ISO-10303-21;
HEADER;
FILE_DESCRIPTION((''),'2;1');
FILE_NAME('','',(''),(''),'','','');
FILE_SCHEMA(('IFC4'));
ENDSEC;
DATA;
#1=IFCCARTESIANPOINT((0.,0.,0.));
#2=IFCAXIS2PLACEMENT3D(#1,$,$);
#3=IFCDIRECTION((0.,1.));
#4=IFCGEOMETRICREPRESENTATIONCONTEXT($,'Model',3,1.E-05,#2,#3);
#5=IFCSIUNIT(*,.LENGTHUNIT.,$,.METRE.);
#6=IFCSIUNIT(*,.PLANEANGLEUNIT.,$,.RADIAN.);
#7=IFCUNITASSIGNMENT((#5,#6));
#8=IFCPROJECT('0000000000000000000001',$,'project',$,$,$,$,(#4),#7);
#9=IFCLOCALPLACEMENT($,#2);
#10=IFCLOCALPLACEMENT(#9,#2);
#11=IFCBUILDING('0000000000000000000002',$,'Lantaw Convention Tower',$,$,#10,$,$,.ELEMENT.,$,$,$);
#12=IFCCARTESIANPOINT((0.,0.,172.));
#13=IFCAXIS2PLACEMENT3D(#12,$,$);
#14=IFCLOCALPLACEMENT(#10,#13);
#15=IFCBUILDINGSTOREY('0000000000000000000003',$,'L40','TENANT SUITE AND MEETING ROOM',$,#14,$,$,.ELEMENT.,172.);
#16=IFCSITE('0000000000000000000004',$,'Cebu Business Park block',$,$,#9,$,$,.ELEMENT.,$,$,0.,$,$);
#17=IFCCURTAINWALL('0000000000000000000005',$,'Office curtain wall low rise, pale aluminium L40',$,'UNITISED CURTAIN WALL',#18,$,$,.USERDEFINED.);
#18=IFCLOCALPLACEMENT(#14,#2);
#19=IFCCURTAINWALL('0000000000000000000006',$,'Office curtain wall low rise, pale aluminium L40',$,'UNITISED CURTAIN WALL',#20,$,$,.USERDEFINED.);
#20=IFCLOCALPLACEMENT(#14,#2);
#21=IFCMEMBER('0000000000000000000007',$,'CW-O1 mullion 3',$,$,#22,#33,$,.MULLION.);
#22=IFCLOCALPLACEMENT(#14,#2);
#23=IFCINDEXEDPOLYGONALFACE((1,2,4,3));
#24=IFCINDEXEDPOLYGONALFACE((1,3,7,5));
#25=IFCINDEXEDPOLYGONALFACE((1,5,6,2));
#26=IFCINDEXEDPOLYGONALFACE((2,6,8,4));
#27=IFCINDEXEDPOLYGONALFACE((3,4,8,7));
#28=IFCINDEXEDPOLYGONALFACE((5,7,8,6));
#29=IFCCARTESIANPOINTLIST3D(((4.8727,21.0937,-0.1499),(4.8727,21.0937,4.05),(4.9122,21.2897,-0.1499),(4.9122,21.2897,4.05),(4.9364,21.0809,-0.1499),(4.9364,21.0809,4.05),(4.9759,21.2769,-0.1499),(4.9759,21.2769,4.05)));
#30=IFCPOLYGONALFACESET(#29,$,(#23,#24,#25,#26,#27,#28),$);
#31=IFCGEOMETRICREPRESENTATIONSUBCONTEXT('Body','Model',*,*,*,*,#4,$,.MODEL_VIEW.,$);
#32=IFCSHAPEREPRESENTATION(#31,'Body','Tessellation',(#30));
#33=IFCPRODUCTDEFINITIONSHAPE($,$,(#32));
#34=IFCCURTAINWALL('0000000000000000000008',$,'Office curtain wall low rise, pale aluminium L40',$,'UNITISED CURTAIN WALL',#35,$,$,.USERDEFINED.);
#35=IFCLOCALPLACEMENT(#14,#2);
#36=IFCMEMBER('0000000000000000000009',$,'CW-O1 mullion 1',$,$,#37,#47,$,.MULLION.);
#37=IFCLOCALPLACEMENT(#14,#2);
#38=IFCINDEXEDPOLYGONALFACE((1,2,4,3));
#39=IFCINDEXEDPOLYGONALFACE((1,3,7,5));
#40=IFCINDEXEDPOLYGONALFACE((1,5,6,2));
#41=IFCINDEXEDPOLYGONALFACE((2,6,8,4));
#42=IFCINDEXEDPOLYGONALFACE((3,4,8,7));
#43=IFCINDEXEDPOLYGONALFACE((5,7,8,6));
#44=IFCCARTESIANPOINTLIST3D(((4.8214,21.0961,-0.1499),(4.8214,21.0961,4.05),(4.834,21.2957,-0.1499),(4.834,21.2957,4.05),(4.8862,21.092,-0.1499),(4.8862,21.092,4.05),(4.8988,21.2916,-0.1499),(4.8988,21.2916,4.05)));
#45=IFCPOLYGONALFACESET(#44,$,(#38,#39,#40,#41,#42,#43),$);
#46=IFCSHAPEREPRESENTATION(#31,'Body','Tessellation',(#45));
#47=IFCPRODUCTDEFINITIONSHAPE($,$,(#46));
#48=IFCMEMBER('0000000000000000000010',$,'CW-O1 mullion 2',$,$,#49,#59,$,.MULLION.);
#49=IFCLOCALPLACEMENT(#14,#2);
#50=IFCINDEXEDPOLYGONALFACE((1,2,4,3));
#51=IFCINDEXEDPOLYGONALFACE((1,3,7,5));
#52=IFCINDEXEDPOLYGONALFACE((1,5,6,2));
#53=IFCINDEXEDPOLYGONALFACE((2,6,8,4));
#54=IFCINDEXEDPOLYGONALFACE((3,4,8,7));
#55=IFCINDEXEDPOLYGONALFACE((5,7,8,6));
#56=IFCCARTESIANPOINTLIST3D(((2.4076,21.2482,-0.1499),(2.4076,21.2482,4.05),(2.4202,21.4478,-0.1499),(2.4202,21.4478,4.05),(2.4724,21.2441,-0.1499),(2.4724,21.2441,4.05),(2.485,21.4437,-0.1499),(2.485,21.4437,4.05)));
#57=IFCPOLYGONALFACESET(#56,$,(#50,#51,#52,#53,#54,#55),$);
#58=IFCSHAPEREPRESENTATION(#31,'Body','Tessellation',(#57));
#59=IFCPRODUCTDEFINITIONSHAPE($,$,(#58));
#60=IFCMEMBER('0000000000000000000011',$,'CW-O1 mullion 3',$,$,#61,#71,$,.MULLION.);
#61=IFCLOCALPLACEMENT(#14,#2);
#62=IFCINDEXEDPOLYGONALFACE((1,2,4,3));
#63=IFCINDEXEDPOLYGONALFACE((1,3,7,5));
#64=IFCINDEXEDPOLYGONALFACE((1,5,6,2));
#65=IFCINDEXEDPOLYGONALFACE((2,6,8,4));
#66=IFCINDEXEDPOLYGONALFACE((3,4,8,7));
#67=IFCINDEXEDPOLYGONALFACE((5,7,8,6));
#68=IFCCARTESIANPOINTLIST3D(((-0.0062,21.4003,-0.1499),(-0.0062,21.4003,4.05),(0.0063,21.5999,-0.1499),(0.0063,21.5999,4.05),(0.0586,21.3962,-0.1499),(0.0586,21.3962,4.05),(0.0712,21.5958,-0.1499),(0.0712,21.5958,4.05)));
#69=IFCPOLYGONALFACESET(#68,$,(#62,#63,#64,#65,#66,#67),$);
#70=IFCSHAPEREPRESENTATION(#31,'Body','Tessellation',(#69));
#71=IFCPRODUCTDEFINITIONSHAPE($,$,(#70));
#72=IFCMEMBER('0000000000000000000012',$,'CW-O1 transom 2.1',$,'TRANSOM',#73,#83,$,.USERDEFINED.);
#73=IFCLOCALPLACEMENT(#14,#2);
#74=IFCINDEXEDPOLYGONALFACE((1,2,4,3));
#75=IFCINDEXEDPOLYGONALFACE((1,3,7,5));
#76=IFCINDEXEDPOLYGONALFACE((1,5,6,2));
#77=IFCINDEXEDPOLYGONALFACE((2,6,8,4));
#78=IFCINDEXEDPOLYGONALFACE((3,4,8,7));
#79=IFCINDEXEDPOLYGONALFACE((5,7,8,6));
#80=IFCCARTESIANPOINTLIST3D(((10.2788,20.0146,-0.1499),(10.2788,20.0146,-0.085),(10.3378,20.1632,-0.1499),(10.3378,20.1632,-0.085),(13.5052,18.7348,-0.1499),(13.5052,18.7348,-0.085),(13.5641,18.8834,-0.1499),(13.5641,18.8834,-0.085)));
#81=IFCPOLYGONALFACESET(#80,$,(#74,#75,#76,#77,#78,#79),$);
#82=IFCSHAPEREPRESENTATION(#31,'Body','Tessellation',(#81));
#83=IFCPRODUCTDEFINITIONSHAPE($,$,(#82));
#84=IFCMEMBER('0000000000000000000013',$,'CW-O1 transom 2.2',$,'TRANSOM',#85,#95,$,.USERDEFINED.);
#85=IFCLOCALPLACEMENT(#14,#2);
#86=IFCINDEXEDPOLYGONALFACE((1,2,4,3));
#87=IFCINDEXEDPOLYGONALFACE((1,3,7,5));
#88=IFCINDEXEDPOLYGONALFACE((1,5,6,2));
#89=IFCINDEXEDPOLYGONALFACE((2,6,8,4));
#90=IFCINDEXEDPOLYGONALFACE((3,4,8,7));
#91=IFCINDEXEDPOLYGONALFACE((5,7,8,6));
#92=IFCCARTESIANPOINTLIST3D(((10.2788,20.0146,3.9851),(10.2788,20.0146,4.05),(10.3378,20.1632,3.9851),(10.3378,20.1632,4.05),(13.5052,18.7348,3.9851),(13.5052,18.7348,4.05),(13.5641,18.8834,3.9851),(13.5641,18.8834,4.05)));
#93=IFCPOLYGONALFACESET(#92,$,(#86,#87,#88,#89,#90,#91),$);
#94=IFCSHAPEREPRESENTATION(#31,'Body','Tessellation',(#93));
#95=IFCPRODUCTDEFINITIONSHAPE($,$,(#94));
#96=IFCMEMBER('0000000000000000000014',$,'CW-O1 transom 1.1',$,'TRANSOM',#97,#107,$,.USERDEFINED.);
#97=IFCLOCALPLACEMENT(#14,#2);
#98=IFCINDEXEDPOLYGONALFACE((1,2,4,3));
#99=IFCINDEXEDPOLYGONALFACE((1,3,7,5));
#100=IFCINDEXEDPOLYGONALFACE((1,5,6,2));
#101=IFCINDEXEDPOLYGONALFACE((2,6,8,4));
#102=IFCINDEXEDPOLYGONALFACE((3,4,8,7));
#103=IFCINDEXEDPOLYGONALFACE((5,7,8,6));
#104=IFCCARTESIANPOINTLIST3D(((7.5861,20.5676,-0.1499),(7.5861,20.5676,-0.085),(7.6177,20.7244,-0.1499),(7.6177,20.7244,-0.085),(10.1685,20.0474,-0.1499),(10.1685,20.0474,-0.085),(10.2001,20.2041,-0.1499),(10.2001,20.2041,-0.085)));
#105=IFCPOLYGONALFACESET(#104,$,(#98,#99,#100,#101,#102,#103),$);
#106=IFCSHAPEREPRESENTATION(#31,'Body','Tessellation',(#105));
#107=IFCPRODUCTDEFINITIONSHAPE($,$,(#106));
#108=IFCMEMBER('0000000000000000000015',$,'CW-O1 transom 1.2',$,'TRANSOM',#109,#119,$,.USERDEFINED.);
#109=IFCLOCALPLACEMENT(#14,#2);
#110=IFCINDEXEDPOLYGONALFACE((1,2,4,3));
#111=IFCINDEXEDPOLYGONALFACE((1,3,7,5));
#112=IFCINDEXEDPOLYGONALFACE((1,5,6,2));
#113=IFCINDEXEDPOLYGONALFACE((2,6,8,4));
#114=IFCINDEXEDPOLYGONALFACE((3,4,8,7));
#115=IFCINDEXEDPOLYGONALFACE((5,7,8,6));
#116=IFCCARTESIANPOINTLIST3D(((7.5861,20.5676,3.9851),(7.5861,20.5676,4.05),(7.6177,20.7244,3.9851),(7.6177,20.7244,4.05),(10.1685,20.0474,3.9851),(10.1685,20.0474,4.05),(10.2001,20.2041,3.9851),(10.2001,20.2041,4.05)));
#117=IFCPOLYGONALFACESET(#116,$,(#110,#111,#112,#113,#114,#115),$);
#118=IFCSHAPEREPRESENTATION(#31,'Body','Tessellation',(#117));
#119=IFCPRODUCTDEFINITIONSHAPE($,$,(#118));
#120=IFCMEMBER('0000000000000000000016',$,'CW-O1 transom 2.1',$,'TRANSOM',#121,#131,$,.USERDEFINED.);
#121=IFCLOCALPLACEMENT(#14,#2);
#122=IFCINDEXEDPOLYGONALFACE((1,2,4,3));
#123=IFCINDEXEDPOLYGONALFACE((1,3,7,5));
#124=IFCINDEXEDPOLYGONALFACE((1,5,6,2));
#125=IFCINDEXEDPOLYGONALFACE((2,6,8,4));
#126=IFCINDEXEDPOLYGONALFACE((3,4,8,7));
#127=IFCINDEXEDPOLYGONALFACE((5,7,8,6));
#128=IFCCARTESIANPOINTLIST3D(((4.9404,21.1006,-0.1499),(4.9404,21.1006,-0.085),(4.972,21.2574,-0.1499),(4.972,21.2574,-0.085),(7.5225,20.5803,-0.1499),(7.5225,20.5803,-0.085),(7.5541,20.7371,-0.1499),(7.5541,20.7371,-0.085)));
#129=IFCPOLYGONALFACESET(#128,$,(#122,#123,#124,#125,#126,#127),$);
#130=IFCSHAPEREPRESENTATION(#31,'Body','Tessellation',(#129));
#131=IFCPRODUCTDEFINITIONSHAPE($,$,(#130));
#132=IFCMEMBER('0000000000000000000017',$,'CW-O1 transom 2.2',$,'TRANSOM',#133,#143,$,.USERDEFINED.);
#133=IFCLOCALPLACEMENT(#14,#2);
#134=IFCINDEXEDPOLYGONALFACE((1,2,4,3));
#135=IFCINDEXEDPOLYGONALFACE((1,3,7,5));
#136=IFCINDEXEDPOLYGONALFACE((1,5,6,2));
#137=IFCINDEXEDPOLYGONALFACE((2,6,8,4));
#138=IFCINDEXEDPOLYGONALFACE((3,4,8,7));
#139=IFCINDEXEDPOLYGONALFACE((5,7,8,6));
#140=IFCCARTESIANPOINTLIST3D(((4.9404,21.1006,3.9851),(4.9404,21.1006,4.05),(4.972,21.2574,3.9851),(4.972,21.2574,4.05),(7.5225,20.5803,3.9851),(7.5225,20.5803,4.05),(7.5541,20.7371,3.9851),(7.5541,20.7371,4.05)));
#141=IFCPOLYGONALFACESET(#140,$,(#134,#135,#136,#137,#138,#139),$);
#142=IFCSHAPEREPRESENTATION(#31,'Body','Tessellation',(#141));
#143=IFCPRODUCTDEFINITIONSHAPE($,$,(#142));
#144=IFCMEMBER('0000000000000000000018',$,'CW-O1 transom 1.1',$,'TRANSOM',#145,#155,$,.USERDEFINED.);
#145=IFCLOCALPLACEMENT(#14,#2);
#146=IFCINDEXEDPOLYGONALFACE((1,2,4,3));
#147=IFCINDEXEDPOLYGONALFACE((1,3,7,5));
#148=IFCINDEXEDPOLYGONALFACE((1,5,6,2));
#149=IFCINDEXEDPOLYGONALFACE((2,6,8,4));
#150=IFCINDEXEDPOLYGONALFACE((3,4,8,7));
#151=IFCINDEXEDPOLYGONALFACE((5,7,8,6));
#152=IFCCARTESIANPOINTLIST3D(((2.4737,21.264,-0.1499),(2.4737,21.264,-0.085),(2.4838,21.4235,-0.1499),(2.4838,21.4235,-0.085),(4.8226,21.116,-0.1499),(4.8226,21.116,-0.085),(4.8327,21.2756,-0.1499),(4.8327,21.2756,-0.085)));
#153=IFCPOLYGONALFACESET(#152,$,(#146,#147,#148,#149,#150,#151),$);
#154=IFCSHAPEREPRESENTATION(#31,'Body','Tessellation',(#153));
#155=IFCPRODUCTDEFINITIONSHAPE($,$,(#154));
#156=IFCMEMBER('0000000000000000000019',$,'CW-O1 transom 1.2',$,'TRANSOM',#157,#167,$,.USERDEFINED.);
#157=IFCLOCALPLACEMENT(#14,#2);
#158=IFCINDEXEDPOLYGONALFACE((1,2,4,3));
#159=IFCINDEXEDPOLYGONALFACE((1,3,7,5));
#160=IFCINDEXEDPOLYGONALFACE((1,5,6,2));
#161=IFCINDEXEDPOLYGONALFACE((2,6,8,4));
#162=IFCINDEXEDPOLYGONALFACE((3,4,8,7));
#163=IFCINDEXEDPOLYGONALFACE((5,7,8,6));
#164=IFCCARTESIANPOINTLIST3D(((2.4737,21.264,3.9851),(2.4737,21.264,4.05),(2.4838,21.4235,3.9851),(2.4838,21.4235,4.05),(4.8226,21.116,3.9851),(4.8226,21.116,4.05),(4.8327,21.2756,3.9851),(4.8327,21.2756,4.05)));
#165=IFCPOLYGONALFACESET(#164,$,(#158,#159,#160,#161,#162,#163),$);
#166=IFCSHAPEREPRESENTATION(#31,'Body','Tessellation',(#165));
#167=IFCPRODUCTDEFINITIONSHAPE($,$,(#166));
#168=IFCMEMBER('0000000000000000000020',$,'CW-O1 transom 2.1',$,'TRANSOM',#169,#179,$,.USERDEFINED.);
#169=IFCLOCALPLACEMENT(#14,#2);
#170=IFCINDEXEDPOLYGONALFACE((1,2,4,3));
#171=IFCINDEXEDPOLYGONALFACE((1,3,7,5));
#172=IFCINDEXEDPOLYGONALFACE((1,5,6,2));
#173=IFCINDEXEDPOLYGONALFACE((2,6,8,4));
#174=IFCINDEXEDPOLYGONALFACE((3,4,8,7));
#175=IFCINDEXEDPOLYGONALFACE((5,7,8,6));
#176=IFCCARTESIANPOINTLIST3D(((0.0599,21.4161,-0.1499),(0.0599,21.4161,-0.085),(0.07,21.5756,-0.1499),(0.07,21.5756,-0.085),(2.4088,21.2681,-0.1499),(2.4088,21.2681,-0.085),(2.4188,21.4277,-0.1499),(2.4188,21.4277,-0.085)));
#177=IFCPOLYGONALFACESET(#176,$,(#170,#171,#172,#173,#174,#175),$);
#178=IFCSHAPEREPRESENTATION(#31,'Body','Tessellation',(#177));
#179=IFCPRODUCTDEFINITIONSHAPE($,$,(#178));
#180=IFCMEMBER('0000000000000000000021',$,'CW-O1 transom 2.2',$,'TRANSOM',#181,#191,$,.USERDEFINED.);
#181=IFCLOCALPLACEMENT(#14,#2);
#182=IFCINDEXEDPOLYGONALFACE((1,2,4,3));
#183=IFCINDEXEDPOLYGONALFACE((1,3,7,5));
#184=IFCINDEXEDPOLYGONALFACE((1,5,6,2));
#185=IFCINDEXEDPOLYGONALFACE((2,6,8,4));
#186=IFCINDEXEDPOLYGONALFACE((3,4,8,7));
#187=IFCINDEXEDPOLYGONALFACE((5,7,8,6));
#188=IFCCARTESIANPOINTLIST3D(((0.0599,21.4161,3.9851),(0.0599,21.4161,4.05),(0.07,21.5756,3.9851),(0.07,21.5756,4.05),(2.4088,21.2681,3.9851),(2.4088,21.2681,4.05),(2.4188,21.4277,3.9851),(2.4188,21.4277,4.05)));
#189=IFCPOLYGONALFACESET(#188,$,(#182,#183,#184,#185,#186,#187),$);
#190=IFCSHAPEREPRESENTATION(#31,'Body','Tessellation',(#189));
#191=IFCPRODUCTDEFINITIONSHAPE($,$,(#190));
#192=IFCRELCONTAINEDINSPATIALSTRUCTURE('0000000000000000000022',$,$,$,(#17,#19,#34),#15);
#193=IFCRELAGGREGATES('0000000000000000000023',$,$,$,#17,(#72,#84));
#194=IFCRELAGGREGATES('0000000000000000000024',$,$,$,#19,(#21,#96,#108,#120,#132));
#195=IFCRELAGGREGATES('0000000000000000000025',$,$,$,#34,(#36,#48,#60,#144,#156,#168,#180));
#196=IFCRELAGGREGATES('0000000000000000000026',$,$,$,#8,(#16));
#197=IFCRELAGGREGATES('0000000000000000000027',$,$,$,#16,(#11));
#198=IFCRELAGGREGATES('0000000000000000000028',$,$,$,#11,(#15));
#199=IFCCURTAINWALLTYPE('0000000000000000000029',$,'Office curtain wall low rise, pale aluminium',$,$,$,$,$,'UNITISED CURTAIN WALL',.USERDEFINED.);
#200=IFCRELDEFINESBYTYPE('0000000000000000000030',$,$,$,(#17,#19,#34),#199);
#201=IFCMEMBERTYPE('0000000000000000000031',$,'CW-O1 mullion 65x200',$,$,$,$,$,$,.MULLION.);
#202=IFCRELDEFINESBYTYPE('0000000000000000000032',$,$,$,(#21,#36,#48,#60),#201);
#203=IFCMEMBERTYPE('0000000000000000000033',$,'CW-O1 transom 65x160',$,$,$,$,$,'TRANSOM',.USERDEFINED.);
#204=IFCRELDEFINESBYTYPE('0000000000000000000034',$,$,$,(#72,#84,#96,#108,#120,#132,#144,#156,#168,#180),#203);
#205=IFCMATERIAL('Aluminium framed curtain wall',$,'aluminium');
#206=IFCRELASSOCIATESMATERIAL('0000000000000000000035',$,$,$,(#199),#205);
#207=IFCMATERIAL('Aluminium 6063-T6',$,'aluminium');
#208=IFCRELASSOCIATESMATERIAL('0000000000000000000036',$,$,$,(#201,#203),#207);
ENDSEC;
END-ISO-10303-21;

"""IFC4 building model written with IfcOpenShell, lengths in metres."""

from ifc_helpers import new_model, si_unit, direction, frame, origin, origin_2d, place, context, subcontext, project, spatial, rectangle, extrude, material, material_profile, profile_set, type_object, element, aggregate, save


model = new_model("IFC4")

# Units and contexts
model_context = context("Model", 3, precision=1e-05, world=origin(), true_north=direction((0.0, 1.0)))
body_context = subcontext(model_context, "Body", "Model", "MODEL_VIEW")
ifc_project = project(units=[si_unit("LENGTHUNIT", "METRE"), si_unit("PLANEANGLEUNIT", "RADIAN")], contexts=[model_context])

# Site, building, storey
site_placement = place(None, origin())
site = spatial("IfcSite", under=ifc_project, at=site_placement, Name="Cebu Business Park block", CompositionType="ELEMENT", RefElevation=0.0)
building_placement = place(site_placement, origin())
building = spatial("IfcBuilding", under=site, at=building_placement, Name="Lantaw Convention Tower", CompositionType="ELEMENT")
storey_placement = place(building_placement, frame((0.0, 0.0, 172.0)))
storey = spatial("IfcBuildingStorey", under=building, at=storey_placement, Name="L40", Description="TENANT SUITE AND MEETING ROOM", CompositionType="ELEMENT", Elevation=172.0)

# Curtain walls, members
ifc_material_1 = material(Name="Aluminium framed curtain wall", Category="aluminium")
curtain_wall_type = type_object("IfcCurtainWallType", Name="Office curtain wall low rise, pale aluminium", ElementType="UNITISED CURTAIN WALL", PredefinedType="USERDEFINED", material=ifc_material_1)
curtain_wall_1_placement = place(storey_placement, origin())
curtain_wall_1 = element("IfcCurtainWall", 1, at=curtain_wall_1_placement, inside=storey, type_object=curtain_wall_type, Name="Office curtain wall low rise, pale aluminium L40", ObjectType="UNITISED CURTAIN WALL", PredefinedType="USERDEFINED")
ifc_material_2 = material(Name="Aluminium 6063-T6", Category="aluminium")
ifc_material_profile_1 = material_profile(ifc_material_2, rectangle(XDim=0.2, YDim=0.0649, at=origin_2d()), Name="CW-O1 mullion 65x200")
ifc_profile_set_1 = profile_set([ifc_material_profile_1], Name="Aluminium 6063-T6")
member_type_1 = type_object("IfcMemberType", Name="CW-O1 mullion 65x200", PredefinedType="MULLION", material=ifc_profile_set_1)
curtain_wall_2_placement = place(storey_placement, origin())
curtain_wall_2 = element("IfcCurtainWall", 2, at=curtain_wall_2_placement, inside=storey, type_object=curtain_wall_type, Name="Office curtain wall low rise, pale aluminium L40", ObjectType="UNITISED CURTAIN WALL", PredefinedType="USERDEFINED")
member_1_placement = place(storey_placement, frame((4.9243, 21.1853, -0.1499), z_axis=(0.0, 0.0, 1.0), x_axis=(-0.197507, -0.980302, 0.0)))
member_1 = element("IfcMember", 3, at=member_1_placement, type_object=member_type_1, Name="CW-O1 mullion 3", PredefinedType="MULLION", context=body_context, shape_type="SweptSolid", body=[
    extrude(rectangle(XDim=0.2, YDim=0.0649, at=origin_2d()), origin(), (0.0, 0.0, 1.0), 4.2),
])
curtain_wall_3_placement = place(storey_placement, origin())
curtain_wall_3 = element("IfcCurtainWall", 4, at=curtain_wall_3_placement, inside=storey, type_object=curtain_wall_type, Name="Office curtain wall low rise, pale aluminium L40", ObjectType="UNITISED CURTAIN WALL", PredefinedType="USERDEFINED")
member_2_placement = place(storey_placement, frame((4.8601, 21.1938, -0.1499), z_axis=(0.0, 0.0, 1.0), x_axis=(-0.062865, -0.998022, 0.0)))
member_2 = element("IfcMember", 5, at=member_2_placement, type_object=member_type_1, Name="CW-O1 mullion 1", PredefinedType="MULLION", context=body_context, shape_type="SweptSolid", body=[
    extrude(rectangle(XDim=0.2, YDim=0.0649, at=origin_2d()), origin(), (0.0, 0.0, 1.0), 4.2),
])
member_3_placement = place(storey_placement, frame((2.4463, 21.3459, -0.1499), z_axis=(0.0, 0.0, 1.0), x_axis=(-0.062865, -0.998022, 0.0)))
member_3 = element("IfcMember", 6, at=member_3_placement, type_object=member_type_1, Name="CW-O1 mullion 2", PredefinedType="MULLION", context=body_context, shape_type="SweptSolid", body=[
    extrude(rectangle(XDim=0.2, YDim=0.0649, at=origin_2d()), origin(), (0.0, 0.0, 1.0), 4.2),
])
member_4_placement = place(storey_placement, frame((0.0325, 21.498, -0.1499), z_axis=(0.0, 0.0, 1.0), x_axis=(-0.062865, -0.998022, 0.0)))
member_4 = element("IfcMember", 7, at=member_4_placement, type_object=member_type_1, Name="CW-O1 mullion 3", PredefinedType="MULLION", context=body_context, shape_type="SweptSolid", body=[
    extrude(rectangle(XDim=0.2, YDim=0.0649, at=origin_2d()), origin(), (0.0, 0.0, 1.0), 4.2),
])

# Members
ifc_material_profile_2 = material_profile(ifc_material_2, rectangle(XDim=0.1599, YDim=0.0649, at=origin_2d()), Name="CW-O1 transom 65x160")
ifc_profile_set_2 = profile_set([ifc_material_profile_2], Name="Aluminium 6063-T6")
member_type_2 = type_object("IfcMemberType", Name="CW-O1 transom 65x160", ElementType="TRANSOM", PredefinedType="USERDEFINED", material=ifc_profile_set_2)
member_5_placement = place(storey_placement, frame((13.5347, 18.8091, -0.1174), z_axis=(-0.92954, 0.368721, 0.0), x_axis=(-0.368721, -0.92954, 0.0)))
member_5 = element("IfcMember", 8, at=member_5_placement, type_object=member_type_2, Name="CW-O1 transom 2.1", ObjectType="TRANSOM", PredefinedType="USERDEFINED", context=body_context, shape_type="SweptSolid", body=[
    extrude(rectangle(XDim=0.1599, YDim=0.0649, at=origin_2d()), origin(), (0.0, 0.0, 1.0), 3.4709),
])
member_6_placement = place(storey_placement, frame((13.5347, 18.8091, 4.0176), z_axis=(-0.92954, 0.368721, 0.0), x_axis=(-0.368721, -0.92954, 0.0)))
member_6 = element("IfcMember", 9, at=member_6_placement, type_object=member_type_2, Name="CW-O1 transom 2.2", ObjectType="TRANSOM", PredefinedType="USERDEFINED", context=body_context, shape_type="SweptSolid", body=[
    extrude(rectangle(XDim=0.1599, YDim=0.0649, at=origin_2d()), origin(), (0.0, 0.0, 1.0), 3.4709),
])
member_7_placement = place(storey_placement, frame((10.1843, 20.1257, -0.1174), z_axis=(-0.980302, 0.197506, 0.0), x_axis=(-0.197506, -0.980302, 0.0)))
member_7 = element("IfcMember", 10, at=member_7_placement, type_object=member_type_2, Name="CW-O1 transom 1.1", ObjectType="TRANSOM", PredefinedType="USERDEFINED", context=body_context, shape_type="SweptSolid", body=[
    extrude(rectangle(XDim=0.1599, YDim=0.0649, at=origin_2d()), origin(), (0.0, 0.0, 1.0), 2.6343),
])
member_8_placement = place(storey_placement, frame((10.1843, 20.1257, 4.0176), z_axis=(-0.980302, 0.197506, 0.0), x_axis=(-0.197506, -0.980302, 0.0)))
member_8 = element("IfcMember", 11, at=member_8_placement, type_object=member_type_2, Name="CW-O1 transom 1.2", ObjectType="TRANSOM", PredefinedType="USERDEFINED", context=body_context, shape_type="SweptSolid", body=[
    extrude(rectangle(XDim=0.1599, YDim=0.0649, at=origin_2d()), origin(), (0.0, 0.0, 1.0), 2.6343),
])
member_9_placement = place(storey_placement, frame((7.5383, 20.6587, -0.1174), z_axis=(-0.980298, 0.197524, 0.0), x_axis=(-0.197524, -0.980298, 0.0)))
member_9 = element("IfcMember", 12, at=member_9_placement, type_object=member_type_2, Name="CW-O1 transom 2.1", ObjectType="TRANSOM", PredefinedType="USERDEFINED", context=body_context, shape_type="SweptSolid", body=[
    extrude(rectangle(XDim=0.1599, YDim=0.0649, at=origin_2d()), origin(), (0.0, 0.0, 1.0), 2.634),
])
member_10_placement = place(storey_placement, frame((7.5383, 20.6587, 4.0176), z_axis=(-0.980298, 0.197524, 0.0), x_axis=(-0.197524, -0.980298, 0.0)))
member_10 = element("IfcMember", 13, at=member_10_placement, type_object=member_type_2, Name="CW-O1 transom 2.2", ObjectType="TRANSOM", PredefinedType="USERDEFINED", context=body_context, shape_type="SweptSolid", body=[
    extrude(rectangle(XDim=0.1599, YDim=0.0649, at=origin_2d()), origin(), (0.0, 0.0, 1.0), 2.634),
])
member_11_placement = place(storey_placement, frame((4.8276, 21.1958, -0.1174), z_axis=(-0.998022, 0.062863, 0.0), x_axis=(-0.062863, -0.998022, 0.0)))
member_11 = element("IfcMember", 14, at=member_11_placement, type_object=member_type_2, Name="CW-O1 transom 1.1", ObjectType="TRANSOM", PredefinedType="USERDEFINED", context=body_context, shape_type="SweptSolid", body=[
    extrude(rectangle(XDim=0.1599, YDim=0.0649, at=origin_2d()), origin(), (0.0, 0.0, 1.0), 2.3535),
])
member_12_placement = place(storey_placement, frame((4.8276, 21.1958, 4.0176), z_axis=(-0.998022, 0.062863, 0.0), x_axis=(-0.062863, -0.998022, 0.0)))
member_12 = element("IfcMember", 15, at=member_12_placement, type_object=member_type_2, Name="CW-O1 transom 1.2", ObjectType="TRANSOM", PredefinedType="USERDEFINED", context=body_context, shape_type="SweptSolid", body=[
    extrude(rectangle(XDim=0.1599, YDim=0.0649, at=origin_2d()), origin(), (0.0, 0.0, 1.0), 2.3535),
])
member_13_placement = place(storey_placement, frame((2.4138, 21.3479, -0.1174), z_axis=(-0.998022, 0.062863, 0.0), x_axis=(-0.062863, -0.998022, 0.0)))
member_13 = element("IfcMember", 16, at=member_13_placement, type_object=member_type_2, Name="CW-O1 transom 2.1", ObjectType="TRANSOM", PredefinedType="USERDEFINED", context=body_context, shape_type="SweptSolid", body=[
    extrude(rectangle(XDim=0.1599, YDim=0.0649, at=origin_2d()), origin(), (0.0, 0.0, 1.0), 2.3535),
])
member_14_placement = place(storey_placement, frame((2.4138, 21.3479, 4.0176), z_axis=(-0.998022, 0.062863, 0.0), x_axis=(-0.062863, -0.998022, 0.0)))
member_14 = element("IfcMember", 17, at=member_14_placement, type_object=member_type_2, Name="CW-O1 transom 2.2", ObjectType="TRANSOM", PredefinedType="USERDEFINED", context=body_context, shape_type="SweptSolid", body=[
    extrude(rectangle(XDim=0.1599, YDim=0.0649, at=origin_2d()), origin(), (0.0, 0.0, 1.0), 2.3535),
])

aggregate(curtain_wall_1, [member_5, member_6])
aggregate(curtain_wall_2, [member_1, member_7, member_8, member_9, member_10])
aggregate(curtain_wall_3, [member_2, member_3, member_4, member_11, member_12, member_13, member_14])

save(model, "model.ifc")
